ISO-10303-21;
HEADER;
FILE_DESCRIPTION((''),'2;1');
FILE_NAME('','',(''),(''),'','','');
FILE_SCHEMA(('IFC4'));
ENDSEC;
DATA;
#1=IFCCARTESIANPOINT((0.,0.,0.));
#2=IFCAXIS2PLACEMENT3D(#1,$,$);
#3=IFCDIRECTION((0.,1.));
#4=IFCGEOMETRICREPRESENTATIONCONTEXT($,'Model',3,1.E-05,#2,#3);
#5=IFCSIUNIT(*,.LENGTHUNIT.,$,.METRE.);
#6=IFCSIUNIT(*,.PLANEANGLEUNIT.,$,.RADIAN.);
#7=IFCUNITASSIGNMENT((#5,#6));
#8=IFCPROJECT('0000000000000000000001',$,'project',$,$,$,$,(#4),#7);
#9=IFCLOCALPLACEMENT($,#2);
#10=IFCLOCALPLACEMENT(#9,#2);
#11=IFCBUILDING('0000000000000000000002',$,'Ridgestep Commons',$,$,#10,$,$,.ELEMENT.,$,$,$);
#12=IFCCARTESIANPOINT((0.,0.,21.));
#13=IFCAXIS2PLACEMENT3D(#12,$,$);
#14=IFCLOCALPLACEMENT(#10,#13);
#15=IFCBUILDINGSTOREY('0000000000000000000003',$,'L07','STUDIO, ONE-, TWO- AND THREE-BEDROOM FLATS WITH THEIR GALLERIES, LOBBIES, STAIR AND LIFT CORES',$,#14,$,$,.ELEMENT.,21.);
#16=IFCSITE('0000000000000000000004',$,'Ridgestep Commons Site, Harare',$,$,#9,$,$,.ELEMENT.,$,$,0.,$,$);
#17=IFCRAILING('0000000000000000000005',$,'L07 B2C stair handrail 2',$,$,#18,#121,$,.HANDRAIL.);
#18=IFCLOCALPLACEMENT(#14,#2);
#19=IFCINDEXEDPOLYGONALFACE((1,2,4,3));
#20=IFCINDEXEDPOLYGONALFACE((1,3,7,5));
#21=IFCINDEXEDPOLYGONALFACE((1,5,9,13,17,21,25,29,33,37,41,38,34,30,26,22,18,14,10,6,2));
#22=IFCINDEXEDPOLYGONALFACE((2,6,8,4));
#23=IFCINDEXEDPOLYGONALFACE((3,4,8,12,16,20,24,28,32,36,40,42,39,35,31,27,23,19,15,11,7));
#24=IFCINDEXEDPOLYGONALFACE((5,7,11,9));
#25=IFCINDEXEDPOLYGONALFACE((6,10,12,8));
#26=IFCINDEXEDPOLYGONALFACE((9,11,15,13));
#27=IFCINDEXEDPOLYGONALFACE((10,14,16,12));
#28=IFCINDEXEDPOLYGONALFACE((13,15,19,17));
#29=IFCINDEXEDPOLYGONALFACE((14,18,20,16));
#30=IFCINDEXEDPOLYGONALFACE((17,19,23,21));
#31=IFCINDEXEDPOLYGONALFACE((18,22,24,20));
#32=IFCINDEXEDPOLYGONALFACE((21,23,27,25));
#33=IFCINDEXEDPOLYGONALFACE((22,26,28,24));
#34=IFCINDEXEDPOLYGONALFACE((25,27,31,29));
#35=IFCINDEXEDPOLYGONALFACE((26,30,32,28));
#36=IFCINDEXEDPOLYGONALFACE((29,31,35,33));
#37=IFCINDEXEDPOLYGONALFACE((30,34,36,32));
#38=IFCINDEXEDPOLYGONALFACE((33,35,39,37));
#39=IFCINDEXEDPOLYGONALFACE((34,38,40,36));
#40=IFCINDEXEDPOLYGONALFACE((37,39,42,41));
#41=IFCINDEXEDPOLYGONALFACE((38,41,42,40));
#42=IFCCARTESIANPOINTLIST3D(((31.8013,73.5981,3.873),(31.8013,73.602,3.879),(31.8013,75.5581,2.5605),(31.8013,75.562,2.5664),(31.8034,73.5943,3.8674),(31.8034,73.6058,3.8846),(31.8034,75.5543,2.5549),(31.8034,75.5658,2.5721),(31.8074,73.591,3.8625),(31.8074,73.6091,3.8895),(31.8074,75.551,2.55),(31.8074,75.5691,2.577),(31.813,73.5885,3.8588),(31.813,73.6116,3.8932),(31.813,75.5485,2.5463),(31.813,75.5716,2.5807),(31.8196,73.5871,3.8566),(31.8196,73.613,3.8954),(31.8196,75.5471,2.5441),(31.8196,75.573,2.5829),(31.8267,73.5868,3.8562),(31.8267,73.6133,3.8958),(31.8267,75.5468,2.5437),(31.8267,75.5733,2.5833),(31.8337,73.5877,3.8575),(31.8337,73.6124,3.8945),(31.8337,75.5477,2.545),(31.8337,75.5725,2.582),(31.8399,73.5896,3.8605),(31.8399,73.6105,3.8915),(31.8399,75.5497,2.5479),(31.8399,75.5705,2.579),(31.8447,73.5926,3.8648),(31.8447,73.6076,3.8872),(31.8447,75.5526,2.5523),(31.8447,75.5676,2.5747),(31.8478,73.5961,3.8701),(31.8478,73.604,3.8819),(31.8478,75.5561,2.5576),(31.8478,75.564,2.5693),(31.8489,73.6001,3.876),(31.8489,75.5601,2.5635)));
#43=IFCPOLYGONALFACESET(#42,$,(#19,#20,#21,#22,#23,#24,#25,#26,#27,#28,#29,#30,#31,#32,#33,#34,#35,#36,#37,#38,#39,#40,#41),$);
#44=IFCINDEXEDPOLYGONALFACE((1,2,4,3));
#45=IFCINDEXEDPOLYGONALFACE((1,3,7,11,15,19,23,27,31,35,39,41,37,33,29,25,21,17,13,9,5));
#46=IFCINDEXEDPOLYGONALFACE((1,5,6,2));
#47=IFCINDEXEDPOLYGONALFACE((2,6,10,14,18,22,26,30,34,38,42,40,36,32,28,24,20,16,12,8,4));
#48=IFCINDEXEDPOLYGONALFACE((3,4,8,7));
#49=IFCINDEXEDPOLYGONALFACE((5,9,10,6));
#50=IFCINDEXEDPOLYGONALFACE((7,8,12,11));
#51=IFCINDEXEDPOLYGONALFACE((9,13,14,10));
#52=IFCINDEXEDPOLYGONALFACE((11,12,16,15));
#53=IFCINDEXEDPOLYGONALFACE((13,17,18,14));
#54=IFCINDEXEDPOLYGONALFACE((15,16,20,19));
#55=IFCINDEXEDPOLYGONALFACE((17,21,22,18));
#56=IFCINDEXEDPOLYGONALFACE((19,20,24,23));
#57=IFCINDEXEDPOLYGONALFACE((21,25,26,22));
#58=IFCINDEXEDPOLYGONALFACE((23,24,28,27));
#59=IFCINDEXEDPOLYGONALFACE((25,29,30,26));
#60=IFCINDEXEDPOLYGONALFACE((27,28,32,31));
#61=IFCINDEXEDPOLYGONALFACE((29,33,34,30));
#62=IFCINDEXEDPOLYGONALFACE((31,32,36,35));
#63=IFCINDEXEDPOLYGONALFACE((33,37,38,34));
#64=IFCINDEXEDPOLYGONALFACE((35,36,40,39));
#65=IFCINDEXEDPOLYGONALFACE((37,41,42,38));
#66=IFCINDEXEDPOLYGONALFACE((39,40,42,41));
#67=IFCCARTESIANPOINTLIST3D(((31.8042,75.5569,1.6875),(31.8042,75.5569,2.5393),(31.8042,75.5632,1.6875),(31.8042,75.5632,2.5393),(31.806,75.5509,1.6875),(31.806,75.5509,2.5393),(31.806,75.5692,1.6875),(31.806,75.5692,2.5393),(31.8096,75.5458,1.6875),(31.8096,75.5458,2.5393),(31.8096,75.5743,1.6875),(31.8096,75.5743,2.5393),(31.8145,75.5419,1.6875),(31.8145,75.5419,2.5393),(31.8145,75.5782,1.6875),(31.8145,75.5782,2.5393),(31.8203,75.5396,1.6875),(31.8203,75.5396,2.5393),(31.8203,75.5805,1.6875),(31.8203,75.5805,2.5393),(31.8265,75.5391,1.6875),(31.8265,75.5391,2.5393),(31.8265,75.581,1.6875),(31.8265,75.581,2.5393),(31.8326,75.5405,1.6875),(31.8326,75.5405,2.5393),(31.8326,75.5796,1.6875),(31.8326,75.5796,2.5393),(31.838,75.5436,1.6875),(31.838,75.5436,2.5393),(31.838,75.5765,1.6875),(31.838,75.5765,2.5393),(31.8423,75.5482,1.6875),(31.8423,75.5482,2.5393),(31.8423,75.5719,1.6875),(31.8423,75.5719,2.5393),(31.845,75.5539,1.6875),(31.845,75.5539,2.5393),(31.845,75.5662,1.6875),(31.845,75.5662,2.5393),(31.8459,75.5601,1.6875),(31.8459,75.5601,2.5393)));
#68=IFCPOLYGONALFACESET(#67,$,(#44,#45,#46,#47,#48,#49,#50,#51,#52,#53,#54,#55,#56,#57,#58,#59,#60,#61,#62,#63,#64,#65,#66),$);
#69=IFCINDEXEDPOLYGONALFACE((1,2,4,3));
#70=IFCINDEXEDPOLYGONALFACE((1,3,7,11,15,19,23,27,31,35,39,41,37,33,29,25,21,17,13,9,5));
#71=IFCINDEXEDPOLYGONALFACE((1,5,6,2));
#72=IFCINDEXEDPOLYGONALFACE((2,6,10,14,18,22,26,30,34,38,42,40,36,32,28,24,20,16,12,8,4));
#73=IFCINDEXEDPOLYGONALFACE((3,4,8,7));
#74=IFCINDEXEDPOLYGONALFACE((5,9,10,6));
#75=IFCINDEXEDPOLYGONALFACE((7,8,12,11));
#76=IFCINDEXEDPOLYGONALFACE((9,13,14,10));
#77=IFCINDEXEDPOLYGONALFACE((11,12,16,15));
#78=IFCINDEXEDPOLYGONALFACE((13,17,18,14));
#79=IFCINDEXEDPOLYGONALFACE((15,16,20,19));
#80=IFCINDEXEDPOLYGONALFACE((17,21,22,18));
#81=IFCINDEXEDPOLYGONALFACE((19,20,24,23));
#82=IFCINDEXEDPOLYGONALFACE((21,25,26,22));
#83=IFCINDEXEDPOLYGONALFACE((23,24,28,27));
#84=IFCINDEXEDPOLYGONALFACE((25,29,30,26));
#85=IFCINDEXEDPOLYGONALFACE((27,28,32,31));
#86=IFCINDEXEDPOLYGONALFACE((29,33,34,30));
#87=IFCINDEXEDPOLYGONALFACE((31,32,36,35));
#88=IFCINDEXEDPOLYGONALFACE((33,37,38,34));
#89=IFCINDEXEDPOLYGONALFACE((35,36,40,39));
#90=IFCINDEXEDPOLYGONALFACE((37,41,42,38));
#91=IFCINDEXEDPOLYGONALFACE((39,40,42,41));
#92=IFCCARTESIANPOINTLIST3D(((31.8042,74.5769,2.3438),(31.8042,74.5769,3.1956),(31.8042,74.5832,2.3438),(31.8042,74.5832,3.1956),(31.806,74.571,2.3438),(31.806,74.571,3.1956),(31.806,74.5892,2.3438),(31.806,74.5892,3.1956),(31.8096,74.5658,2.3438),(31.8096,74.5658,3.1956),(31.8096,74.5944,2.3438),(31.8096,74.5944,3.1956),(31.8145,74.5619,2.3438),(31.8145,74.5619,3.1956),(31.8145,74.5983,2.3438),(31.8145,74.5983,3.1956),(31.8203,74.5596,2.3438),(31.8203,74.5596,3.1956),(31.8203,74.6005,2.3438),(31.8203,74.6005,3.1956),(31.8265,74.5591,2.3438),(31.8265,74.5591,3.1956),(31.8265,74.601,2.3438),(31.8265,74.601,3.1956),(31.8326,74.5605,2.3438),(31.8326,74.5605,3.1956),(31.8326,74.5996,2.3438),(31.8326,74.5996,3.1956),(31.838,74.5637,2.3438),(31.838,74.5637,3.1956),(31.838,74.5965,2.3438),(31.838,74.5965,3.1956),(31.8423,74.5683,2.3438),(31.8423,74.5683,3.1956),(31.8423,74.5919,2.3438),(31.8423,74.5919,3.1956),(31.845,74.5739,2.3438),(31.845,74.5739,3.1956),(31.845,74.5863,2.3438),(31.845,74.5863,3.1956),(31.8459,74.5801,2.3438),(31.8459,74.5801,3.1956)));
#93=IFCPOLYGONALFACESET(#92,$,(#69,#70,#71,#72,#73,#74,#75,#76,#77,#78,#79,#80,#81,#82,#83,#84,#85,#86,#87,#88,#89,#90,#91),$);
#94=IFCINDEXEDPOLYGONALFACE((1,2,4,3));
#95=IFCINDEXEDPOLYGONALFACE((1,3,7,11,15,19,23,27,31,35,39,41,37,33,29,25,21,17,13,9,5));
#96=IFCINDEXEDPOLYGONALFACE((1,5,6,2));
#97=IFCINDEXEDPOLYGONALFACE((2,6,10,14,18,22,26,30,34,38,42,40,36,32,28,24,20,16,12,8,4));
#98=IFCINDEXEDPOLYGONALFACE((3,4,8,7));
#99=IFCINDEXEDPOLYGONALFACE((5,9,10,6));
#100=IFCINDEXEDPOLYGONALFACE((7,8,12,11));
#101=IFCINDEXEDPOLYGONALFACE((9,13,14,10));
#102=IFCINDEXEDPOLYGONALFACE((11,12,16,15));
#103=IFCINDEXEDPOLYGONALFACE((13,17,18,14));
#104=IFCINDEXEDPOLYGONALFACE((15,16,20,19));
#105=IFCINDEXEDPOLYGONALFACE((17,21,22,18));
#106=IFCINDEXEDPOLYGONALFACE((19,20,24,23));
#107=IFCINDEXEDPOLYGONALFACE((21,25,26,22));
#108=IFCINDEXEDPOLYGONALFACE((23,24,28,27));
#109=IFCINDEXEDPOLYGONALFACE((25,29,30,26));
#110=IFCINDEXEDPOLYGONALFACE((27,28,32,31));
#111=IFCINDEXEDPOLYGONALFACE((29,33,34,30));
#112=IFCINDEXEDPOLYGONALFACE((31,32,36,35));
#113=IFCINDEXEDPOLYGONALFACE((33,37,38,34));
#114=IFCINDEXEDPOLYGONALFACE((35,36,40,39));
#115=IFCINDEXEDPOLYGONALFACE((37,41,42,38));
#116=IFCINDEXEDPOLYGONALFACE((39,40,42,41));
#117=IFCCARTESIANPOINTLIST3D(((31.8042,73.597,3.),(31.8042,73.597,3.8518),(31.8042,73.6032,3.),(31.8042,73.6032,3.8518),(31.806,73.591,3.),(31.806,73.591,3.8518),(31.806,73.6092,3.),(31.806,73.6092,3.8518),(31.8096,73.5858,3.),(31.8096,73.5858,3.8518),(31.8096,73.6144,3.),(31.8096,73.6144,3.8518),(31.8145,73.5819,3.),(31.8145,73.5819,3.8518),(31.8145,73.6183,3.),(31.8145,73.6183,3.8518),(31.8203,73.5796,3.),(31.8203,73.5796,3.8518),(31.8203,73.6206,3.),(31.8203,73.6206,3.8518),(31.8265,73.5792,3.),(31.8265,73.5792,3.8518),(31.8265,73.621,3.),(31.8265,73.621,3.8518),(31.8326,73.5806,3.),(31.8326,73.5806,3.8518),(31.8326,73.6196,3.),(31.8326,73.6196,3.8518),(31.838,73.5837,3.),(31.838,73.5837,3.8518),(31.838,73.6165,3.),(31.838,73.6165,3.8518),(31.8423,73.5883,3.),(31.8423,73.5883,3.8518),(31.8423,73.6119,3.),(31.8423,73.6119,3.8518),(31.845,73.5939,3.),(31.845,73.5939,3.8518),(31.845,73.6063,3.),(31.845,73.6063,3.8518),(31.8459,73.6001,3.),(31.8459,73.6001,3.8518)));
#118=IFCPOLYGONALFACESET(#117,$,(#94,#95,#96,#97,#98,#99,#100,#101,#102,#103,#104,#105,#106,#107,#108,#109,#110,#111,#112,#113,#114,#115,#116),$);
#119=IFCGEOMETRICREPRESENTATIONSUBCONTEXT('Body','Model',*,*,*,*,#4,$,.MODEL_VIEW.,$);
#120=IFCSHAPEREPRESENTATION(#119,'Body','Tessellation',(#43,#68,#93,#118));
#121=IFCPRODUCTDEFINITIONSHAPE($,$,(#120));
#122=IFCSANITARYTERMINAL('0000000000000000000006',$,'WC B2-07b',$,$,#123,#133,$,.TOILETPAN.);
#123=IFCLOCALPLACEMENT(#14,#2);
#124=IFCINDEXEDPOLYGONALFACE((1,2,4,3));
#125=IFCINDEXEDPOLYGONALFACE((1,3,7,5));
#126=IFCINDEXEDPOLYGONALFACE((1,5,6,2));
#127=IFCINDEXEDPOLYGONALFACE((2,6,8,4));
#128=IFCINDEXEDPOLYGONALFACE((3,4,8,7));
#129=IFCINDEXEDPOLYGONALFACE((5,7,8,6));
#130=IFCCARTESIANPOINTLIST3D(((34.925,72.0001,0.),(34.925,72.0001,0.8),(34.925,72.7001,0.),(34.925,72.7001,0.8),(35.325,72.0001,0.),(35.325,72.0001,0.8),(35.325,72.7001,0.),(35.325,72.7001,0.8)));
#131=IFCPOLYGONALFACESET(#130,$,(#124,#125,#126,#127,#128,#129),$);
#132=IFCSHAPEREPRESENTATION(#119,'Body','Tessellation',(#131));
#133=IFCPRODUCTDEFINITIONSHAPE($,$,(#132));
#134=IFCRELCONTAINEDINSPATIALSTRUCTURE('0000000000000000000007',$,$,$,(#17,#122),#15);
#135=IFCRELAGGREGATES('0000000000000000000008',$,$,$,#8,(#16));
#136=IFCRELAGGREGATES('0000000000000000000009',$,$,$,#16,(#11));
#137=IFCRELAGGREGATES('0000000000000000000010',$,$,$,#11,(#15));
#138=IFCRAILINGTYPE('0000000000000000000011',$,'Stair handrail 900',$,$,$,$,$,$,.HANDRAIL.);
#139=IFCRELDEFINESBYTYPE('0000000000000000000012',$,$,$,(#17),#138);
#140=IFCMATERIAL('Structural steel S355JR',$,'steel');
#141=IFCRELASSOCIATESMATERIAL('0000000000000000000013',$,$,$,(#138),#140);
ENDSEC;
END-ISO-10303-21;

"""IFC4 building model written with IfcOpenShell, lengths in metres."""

from ifc_helpers import new_model, si_unit, direction, frame, origin, origin_2d, place, context, subcontext, project, spatial, rectangle, circle, extrude, material, type_object, element, save


model = new_model("IFC4")

# Units and contexts
model_context = context("Model", 3, precision=1e-05, world=origin(), true_north=direction((0.0, 1.0)))
body_context = subcontext(model_context, "Body", "Model", "MODEL_VIEW")
ifc_project = project(units=[si_unit("LENGTHUNIT", "METRE"), si_unit("PLANEANGLEUNIT", "RADIAN")], contexts=[model_context])

# Site, building, storey
site_placement = place(None, origin())
site = spatial("IfcSite", under=ifc_project, at=site_placement, Name="Ridgestep Commons Site, Harare", CompositionType="ELEMENT", RefElevation=0.0)
building_placement = place(site_placement, origin())
building = spatial("IfcBuilding", under=site, at=building_placement, Name="Ridgestep Commons", CompositionType="ELEMENT")
storey_placement = place(building_placement, frame((0.0, 0.0, 21.0)))
storey = spatial("IfcBuildingStorey", under=building, at=storey_placement, Name="L07", Description="STUDIO, ONE-, TWO- AND THREE-BEDROOM FLATS WITH THEIR GALLERIES, LOBBIES, STAIR AND LIFT CORES", CompositionType="ELEMENT", Elevation=21.0)

# Railing
ifc_material_1 = material(Name="Structural steel S355JR", Category="steel")
railing_type_1 = type_object("IfcRailingType", Name="Stair handrail 900", PredefinedType="HANDRAIL", material=ifc_material_1)
railing_1_placement = place(storey_placement, frame((31.825, 75.5601, 1.6875)))
element("IfcRailing", 1, at=railing_1_placement, inside=storey, type_object=railing_type_1, Name="L07 B2C stair handrail 2", PredefinedType="HANDRAIL", context=body_context, shape_type="SweptSolid", body=[
    extrude(circle(Radius=0.0239, at=origin_2d()), frame((0.0, 0.0, 0.876), z_axis=(0.0, -0.830902, 0.556419), x_axis=(1.0, 0.0, 0.0)), (0.0, 0.0, 1.0), 2.3589),
    extrude(circle(Radius=0.021, at=origin_2d()), origin(), (0.0, 0.0, 1.0), 0.8518),
    extrude(circle(Radius=0.021, at=origin_2d()), frame((0.0, -0.98, 0.6562)), (0.0, 0.0, 1.0), 0.8518),
    extrude(circle(Radius=0.021, at=origin_2d()), frame((0.0, -1.96, 1.3125)), (0.0, 0.0, 1.0), 0.8518),
])

# Sanitary terminal
sanitary_terminal_placement = place(storey_placement, frame((35.125, 72.3501, 0.0), z_axis=(0.0, 0.0, 1.0), x_axis=(1.0, 0.0, 0.0)))
element("IfcSanitaryTerminal", 2, at=sanitary_terminal_placement, inside=storey, Name="WC B2-07b", PredefinedType="TOILETPAN", context=body_context, shape_type="SweptSolid", body=[
    extrude(rectangle(XDim=0.3999, YDim=0.7, at=origin_2d()), origin(), (0.0, 0.0, 1.0), 0.8),
])

save(model, "model.ifc")
